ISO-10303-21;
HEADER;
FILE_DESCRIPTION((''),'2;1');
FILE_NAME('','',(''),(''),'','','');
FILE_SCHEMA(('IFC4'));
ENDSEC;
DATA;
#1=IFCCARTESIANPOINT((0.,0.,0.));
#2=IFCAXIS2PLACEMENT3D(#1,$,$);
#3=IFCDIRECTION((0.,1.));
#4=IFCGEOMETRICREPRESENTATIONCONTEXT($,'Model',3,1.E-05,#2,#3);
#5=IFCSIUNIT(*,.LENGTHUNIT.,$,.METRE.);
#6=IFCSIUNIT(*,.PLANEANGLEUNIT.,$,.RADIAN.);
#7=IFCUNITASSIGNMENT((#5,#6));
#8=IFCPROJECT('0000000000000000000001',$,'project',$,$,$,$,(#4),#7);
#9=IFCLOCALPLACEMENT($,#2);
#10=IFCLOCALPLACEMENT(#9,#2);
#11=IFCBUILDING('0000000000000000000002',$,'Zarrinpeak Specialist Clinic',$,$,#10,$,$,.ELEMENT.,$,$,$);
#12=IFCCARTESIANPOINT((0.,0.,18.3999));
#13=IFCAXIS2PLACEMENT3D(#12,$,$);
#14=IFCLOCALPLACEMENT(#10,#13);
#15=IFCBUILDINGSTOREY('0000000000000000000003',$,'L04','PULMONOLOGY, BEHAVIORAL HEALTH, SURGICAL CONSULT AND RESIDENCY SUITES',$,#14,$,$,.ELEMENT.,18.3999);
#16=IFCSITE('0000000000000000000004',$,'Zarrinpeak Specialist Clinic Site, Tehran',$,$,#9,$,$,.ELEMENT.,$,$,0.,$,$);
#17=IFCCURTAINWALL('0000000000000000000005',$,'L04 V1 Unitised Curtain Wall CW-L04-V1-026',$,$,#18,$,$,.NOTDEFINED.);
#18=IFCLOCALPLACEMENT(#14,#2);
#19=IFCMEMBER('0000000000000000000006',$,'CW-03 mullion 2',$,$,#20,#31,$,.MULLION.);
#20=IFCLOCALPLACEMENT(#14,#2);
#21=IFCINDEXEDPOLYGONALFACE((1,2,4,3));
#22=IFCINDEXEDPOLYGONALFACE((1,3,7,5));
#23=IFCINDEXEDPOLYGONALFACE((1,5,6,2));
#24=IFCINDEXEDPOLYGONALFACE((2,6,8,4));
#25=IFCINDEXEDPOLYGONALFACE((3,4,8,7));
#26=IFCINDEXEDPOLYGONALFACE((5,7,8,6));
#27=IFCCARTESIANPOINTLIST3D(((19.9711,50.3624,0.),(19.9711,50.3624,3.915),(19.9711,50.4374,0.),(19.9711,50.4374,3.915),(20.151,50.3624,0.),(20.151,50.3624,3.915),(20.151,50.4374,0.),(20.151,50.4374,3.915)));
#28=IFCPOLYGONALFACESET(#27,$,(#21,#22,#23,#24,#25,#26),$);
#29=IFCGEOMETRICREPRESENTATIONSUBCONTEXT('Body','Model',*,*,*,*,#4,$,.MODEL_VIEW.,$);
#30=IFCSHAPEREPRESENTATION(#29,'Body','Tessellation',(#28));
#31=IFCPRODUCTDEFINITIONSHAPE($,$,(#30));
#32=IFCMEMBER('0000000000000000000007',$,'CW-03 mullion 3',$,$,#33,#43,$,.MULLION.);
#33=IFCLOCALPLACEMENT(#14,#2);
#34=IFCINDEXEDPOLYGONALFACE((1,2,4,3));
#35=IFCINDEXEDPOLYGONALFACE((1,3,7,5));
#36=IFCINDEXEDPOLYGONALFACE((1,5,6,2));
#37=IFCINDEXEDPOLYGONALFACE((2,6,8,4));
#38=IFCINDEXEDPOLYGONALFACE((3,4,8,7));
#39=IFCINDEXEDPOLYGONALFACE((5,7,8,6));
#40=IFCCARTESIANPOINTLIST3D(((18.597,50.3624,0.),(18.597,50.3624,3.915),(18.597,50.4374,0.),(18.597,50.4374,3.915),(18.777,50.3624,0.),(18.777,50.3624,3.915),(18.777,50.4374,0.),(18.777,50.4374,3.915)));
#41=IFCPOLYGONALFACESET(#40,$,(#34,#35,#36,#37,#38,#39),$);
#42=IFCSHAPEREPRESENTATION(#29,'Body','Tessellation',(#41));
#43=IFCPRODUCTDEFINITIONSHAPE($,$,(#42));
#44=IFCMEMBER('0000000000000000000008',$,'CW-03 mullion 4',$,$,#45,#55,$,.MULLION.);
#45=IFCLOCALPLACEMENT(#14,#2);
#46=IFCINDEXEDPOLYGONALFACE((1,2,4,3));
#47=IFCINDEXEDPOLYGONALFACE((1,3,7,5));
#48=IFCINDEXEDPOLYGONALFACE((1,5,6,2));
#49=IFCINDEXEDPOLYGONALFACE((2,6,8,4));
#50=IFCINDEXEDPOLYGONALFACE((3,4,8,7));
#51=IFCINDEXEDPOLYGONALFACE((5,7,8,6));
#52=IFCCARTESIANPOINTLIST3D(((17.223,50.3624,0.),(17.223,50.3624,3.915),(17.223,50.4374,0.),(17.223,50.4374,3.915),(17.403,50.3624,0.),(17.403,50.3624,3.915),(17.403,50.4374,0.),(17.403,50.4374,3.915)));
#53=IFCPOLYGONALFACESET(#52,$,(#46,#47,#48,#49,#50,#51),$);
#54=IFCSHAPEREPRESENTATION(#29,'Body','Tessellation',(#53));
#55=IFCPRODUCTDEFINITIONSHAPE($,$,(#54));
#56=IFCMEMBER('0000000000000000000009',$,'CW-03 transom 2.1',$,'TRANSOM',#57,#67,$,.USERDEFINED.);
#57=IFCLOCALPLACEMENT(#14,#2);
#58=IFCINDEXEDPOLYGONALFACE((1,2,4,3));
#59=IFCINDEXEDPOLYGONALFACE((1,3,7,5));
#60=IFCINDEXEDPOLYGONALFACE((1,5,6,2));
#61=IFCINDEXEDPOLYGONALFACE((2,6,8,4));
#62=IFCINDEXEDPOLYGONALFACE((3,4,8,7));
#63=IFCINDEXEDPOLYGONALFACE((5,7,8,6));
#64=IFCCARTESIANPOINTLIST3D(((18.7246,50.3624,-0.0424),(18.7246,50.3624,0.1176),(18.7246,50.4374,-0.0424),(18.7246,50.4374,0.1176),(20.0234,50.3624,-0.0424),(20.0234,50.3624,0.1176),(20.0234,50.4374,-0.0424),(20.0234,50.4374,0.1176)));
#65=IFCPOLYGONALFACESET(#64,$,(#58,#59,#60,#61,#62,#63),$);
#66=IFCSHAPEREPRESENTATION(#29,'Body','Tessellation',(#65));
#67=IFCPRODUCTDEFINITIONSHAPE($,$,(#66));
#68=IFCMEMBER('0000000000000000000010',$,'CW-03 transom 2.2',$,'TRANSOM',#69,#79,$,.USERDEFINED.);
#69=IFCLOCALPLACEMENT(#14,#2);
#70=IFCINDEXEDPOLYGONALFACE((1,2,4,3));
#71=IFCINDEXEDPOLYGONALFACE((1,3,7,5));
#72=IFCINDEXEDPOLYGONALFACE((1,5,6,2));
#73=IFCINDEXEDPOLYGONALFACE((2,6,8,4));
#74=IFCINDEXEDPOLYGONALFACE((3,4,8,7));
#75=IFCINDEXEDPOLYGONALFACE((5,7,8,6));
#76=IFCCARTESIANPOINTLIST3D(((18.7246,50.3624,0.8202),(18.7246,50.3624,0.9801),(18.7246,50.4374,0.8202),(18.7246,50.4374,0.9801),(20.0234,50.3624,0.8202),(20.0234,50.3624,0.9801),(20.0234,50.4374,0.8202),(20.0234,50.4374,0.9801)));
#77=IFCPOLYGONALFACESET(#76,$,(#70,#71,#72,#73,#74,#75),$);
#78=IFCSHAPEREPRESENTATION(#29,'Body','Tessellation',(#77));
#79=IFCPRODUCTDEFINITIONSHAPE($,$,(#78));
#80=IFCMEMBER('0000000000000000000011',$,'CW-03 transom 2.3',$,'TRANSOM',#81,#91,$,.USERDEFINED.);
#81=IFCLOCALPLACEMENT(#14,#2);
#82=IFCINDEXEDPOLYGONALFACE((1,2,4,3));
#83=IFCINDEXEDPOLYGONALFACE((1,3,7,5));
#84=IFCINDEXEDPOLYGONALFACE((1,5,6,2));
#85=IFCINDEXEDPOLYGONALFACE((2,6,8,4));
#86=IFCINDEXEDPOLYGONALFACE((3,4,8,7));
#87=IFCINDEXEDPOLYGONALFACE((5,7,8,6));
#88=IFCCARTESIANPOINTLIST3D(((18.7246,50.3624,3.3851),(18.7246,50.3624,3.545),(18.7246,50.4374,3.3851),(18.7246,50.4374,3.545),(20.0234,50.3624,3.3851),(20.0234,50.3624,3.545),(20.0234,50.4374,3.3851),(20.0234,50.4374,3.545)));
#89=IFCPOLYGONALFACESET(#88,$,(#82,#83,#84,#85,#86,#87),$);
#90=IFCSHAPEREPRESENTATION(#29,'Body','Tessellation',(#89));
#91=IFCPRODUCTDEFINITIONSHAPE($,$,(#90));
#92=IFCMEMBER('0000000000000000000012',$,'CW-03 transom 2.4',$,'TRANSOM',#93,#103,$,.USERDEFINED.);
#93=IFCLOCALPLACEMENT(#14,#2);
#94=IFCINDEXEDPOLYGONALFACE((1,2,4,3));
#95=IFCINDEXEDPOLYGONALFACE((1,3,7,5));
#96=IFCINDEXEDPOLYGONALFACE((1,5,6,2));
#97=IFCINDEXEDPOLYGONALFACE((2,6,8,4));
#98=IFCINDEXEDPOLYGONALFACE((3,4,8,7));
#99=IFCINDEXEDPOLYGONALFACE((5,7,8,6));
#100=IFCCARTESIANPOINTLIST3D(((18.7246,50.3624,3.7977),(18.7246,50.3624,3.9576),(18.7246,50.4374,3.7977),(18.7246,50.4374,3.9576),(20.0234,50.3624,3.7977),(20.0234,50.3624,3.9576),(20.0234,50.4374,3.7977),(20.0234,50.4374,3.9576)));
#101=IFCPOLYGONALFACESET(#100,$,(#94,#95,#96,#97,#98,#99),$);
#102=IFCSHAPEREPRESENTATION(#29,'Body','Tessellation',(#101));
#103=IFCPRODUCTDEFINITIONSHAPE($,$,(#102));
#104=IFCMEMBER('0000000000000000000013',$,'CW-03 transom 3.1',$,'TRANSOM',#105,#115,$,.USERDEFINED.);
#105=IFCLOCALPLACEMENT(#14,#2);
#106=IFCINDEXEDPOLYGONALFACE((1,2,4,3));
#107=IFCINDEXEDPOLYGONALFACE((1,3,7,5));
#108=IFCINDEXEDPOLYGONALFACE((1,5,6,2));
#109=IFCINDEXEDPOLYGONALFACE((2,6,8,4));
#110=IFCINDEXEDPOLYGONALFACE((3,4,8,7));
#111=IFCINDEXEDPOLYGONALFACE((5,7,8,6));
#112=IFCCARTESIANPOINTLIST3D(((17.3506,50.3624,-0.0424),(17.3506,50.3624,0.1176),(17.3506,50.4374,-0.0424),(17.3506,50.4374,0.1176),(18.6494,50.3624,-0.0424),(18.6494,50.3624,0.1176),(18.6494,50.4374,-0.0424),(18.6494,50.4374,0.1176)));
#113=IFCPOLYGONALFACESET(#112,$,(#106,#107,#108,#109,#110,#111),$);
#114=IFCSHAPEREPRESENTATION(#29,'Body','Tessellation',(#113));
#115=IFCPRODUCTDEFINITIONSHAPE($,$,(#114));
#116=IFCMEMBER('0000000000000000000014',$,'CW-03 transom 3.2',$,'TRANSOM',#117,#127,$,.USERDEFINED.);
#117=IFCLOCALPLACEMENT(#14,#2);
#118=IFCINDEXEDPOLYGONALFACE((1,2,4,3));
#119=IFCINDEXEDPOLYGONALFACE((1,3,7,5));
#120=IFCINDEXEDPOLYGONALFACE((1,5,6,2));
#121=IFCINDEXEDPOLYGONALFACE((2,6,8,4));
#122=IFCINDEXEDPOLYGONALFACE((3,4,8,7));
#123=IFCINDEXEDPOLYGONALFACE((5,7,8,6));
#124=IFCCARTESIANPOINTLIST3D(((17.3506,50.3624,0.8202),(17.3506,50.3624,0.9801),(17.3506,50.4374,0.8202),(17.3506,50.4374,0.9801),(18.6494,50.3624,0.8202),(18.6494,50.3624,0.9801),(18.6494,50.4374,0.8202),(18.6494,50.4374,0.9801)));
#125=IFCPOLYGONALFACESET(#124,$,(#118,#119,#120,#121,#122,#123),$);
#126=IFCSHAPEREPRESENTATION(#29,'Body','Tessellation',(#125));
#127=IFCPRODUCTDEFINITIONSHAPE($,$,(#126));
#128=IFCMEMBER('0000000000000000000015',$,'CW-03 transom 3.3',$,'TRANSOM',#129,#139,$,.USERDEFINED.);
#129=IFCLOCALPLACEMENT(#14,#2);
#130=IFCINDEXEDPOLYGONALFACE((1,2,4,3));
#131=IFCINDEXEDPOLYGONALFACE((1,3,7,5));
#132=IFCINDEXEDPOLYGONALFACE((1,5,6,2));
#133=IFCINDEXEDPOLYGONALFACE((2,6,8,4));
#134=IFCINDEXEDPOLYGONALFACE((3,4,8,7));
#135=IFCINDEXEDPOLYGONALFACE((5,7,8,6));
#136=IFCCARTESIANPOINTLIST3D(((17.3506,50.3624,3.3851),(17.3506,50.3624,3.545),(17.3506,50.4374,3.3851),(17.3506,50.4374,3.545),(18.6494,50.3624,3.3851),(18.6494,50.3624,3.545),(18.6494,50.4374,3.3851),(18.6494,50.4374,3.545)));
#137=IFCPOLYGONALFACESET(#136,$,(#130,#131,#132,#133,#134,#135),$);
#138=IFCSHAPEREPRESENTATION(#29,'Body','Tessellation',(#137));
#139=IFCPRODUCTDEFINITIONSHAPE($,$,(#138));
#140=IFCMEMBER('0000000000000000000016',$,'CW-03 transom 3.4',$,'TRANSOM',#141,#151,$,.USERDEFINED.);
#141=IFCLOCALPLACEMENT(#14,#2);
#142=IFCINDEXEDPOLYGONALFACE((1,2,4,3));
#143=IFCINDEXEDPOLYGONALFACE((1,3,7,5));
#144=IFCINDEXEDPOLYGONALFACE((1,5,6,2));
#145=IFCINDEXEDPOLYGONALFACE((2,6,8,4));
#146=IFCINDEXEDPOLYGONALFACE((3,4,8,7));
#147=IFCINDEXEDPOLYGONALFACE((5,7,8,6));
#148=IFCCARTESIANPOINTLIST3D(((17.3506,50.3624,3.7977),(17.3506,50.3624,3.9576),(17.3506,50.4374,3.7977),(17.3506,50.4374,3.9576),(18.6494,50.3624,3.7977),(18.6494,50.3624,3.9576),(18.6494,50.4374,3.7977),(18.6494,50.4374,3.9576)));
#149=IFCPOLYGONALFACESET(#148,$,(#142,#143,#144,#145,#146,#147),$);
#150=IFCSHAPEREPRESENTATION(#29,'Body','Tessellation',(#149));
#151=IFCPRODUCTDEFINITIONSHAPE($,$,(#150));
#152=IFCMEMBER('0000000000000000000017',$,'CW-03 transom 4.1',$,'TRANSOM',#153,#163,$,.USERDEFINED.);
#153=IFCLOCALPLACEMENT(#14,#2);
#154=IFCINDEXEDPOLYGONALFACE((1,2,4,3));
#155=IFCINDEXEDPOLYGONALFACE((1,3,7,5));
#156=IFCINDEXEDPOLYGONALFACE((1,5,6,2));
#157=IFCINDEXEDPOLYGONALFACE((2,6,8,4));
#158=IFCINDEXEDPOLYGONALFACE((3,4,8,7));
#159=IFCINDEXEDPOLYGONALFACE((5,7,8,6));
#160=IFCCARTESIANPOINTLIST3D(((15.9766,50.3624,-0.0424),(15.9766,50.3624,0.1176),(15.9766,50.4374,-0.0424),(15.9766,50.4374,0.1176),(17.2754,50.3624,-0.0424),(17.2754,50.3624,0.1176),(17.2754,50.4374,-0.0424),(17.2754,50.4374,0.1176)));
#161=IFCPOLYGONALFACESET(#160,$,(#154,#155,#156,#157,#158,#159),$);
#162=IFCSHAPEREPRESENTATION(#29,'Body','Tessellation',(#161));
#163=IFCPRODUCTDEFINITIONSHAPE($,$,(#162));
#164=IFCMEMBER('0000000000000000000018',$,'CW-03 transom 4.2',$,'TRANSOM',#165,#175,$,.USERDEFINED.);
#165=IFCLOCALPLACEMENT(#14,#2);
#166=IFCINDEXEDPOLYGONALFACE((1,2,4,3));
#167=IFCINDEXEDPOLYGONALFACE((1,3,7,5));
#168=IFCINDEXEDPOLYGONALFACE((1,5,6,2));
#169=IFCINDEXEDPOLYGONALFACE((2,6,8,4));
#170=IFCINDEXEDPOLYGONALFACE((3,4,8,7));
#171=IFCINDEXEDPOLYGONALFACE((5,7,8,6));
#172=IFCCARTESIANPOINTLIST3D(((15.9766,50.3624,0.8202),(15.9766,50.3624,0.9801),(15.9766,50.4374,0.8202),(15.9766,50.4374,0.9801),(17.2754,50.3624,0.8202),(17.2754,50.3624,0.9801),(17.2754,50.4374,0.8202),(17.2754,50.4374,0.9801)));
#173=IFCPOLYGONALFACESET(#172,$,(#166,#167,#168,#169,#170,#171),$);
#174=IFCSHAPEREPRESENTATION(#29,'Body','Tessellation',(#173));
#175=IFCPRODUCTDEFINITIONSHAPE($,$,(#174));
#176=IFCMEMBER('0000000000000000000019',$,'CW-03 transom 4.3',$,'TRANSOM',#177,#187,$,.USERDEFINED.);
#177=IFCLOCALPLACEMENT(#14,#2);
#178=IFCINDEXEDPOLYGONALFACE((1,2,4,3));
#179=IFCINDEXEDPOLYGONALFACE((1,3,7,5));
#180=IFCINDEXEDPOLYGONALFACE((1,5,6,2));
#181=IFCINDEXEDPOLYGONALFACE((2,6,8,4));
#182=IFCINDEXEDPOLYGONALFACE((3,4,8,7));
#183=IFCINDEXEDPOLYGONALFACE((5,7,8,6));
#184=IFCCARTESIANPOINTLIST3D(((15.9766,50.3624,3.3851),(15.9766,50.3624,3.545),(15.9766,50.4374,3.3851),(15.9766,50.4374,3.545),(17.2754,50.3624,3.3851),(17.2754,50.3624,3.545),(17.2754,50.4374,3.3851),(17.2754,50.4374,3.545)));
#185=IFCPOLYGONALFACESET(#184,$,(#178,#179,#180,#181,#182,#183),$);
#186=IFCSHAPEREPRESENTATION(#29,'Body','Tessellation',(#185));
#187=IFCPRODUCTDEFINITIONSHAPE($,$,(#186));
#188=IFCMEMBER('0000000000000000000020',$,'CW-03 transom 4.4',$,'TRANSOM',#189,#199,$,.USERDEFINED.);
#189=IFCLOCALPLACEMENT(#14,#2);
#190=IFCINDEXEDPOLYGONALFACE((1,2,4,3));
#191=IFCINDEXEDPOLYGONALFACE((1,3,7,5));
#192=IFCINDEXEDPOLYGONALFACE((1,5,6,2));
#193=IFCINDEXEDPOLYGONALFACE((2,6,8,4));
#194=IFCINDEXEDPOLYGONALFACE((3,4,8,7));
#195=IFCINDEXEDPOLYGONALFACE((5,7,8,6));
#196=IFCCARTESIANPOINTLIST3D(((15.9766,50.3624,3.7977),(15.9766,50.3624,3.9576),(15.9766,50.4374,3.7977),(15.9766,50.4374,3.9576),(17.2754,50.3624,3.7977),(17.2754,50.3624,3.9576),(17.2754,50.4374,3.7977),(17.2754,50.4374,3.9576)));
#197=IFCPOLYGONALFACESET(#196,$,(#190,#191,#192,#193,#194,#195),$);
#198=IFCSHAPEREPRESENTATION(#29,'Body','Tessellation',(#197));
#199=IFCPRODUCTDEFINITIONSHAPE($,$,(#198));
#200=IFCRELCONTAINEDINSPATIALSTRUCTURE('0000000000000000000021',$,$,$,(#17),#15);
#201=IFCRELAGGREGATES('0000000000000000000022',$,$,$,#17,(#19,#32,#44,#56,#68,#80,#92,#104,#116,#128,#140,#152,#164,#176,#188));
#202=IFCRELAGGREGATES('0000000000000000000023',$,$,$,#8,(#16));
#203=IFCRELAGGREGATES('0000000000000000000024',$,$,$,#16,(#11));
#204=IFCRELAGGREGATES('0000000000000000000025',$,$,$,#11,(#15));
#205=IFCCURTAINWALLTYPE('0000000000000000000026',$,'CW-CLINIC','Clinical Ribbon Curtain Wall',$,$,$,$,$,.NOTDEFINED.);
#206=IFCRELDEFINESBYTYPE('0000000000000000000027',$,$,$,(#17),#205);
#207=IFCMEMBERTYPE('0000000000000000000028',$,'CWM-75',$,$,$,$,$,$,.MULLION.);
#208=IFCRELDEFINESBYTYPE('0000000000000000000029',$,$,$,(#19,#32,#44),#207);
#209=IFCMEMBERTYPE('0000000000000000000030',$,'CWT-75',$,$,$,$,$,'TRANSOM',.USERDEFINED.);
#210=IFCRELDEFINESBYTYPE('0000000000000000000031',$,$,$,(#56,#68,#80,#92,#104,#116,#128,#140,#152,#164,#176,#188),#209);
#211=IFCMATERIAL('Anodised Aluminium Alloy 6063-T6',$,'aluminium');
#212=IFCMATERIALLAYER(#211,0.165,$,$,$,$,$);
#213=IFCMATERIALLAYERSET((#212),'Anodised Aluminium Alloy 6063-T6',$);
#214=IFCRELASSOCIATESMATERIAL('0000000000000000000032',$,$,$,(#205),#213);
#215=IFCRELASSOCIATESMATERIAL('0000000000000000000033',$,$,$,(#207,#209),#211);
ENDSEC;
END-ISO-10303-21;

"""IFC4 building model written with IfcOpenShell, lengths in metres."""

from ifc_helpers import new_model, si_unit, direction, frame, origin, origin_2d, place, context, subcontext, project, spatial, rectangle, extrude, material, layer, layer_set, material_profile, profile_set, type_object, element, aggregate, save


model = new_model("IFC4")

# Units and contexts
model_context = context("Model", 3, precision=1e-05, world=origin(), true_north=direction((0.0, 1.0)))
body_context = subcontext(model_context, "Body", "Model", "MODEL_VIEW")
ifc_project = project(units=[si_unit("LENGTHUNIT", "METRE"), si_unit("PLANEANGLEUNIT", "RADIAN")], contexts=[model_context])

# Site, building, storey
site_placement = place(None, origin())
site = spatial("IfcSite", under=ifc_project, at=site_placement, Name="Zarrinpeak Specialist Clinic Site, Tehran", CompositionType="ELEMENT", RefElevation=0.0)
building_placement = place(site_placement, origin())
building = spatial("IfcBuilding", under=site, at=building_placement, Name="Zarrinpeak Specialist Clinic", CompositionType="ELEMENT")
storey_placement = place(building_placement, frame((0.0, 0.0, 18.3999)))
storey = spatial("IfcBuildingStorey", under=building, at=storey_placement, Name="L04", Description="PULMONOLOGY, BEHAVIORAL HEALTH, SURGICAL CONSULT AND RESIDENCY SUITES", CompositionType="ELEMENT", Elevation=18.3999)

# Curtain wall, members
ifc_material_1 = material(Name="Anodised Aluminium Alloy 6063-T6", Category="aluminium")
ifc_layer_1 = layer(ifc_material_1, 0.165)
ifc_layer_set_1 = layer_set([ifc_layer_1], Name="Anodised Aluminium Alloy 6063-T6")
curtain_wall_type = type_object("IfcCurtainWallType", Name="CW-CLINIC", Description="Clinical Ribbon Curtain Wall", PredefinedType="NOTDEFINED", material=ifc_layer_set_1)
curtain_wall_placement = place(storey_placement, origin())
curtain_wall = element("IfcCurtainWall", 1, at=curtain_wall_placement, inside=storey, type_object=curtain_wall_type, Name="L04 V1 Unitised Curtain Wall CW-L04-V1-026", PredefinedType="NOTDEFINED")
ifc_material_profile_1 = material_profile(ifc_material_1, rectangle(XDim=0.075, YDim=0.1799, at=origin_2d()), Name="ALU 75x180")
ifc_profile_set_1 = profile_set([ifc_material_profile_1], Name="Anodised Aluminium Alloy 6063-T6")
member_type_1 = type_object("IfcMemberType", Name="CWM-75", PredefinedType="MULLION", material=ifc_profile_set_1)
member_1_placement = place(storey_placement, frame((20.061, 50.3999, 0.0), z_axis=(0.0, 0.0, 1.0), x_axis=(0.0, -1.0, 0.0)))
member_1 = element("IfcMember", 2, at=member_1_placement, type_object=member_type_1, Name="CW-03 mullion 2", PredefinedType="MULLION", context=body_context, shape_type="SweptSolid", body=[
    extrude(rectangle(XDim=0.075, YDim=0.1799, at=origin_2d()), origin(), (0.0, 0.0, 1.0), 3.915),
])
member_2_placement = place(storey_placement, frame((18.687, 50.3999, 0.0), z_axis=(0.0, 0.0, 1.0), x_axis=(0.0, -1.0, 0.0)))
member_2 = element("IfcMember", 3, at=member_2_placement, type_object=member_type_1, Name="CW-03 mullion 3", PredefinedType="MULLION", context=body_context, shape_type="SweptSolid", body=[
    extrude(rectangle(XDim=0.075, YDim=0.1799, at=origin_2d()), origin(), (0.0, 0.0, 1.0), 3.915),
])
member_3_placement = place(storey_placement, frame((17.313, 50.3999, 0.0), z_axis=(0.0, 0.0, 1.0), x_axis=(0.0, -1.0, 0.0)))
member_3 = element("IfcMember", 4, at=member_3_placement, type_object=member_type_1, Name="CW-03 mullion 4", PredefinedType="MULLION", context=body_context, shape_type="SweptSolid", body=[
    extrude(rectangle(XDim=0.075, YDim=0.1799, at=origin_2d()), origin(), (0.0, 0.0, 1.0), 3.915),
])
ifc_material_profile_2 = material_profile(ifc_material_1, rectangle(XDim=0.075, YDim=0.1599, at=origin_2d()), Name="ALU 75x160")
ifc_profile_set_2 = profile_set([ifc_material_profile_2], Name="Anodised Aluminium Alloy 6063-T6")
member_type_2 = type_object("IfcMemberType", Name="CWT-75", ElementType="TRANSOM", PredefinedType="USERDEFINED", material=ifc_profile_set_2)
member_4_placement = place(storey_placement, frame((20.0234, 50.3999, 0.0376), z_axis=(-1.0, 0.0, 0.0), x_axis=(0.0, -1.0, 0.0)))
member_4 = element("IfcMember", 5, at=member_4_placement, type_object=member_type_2, Name="CW-03 transom 2.1", ObjectType="TRANSOM", PredefinedType="USERDEFINED", context=body_context, shape_type="SweptSolid", body=[
    extrude(rectangle(XDim=0.075, YDim=0.1599, at=origin_2d()), origin(), (0.0, 0.0, 1.0), 1.2988),
])
member_5_placement = place(storey_placement, frame((20.0234, 50.3999, 0.9001), z_axis=(-1.0, 0.0, 0.0), x_axis=(0.0, -1.0, 0.0)))
member_5 = element("IfcMember", 6, at=member_5_placement, type_object=member_type_2, Name="CW-03 transom 2.2", ObjectType="TRANSOM", PredefinedType="USERDEFINED", context=body_context, shape_type="SweptSolid", body=[
    extrude(rectangle(XDim=0.075, YDim=0.1599, at=origin_2d()), origin(), (0.0, 0.0, 1.0), 1.2988),
])
member_6_placement = place(storey_placement, frame((20.0234, 50.3999, 3.4651), z_axis=(-1.0, 0.0, 0.0), x_axis=(0.0, -1.0, 0.0)))
member_6 = element("IfcMember", 7, at=member_6_placement, type_object=member_type_2, Name="CW-03 transom 2.3", ObjectType="TRANSOM", PredefinedType="USERDEFINED", context=body_context, shape_type="SweptSolid", body=[
    extrude(rectangle(XDim=0.075, YDim=0.1599, at=origin_2d()), origin(), (0.0, 0.0, 1.0), 1.2988),
])
member_7_placement = place(storey_placement, frame((20.0234, 50.3999, 3.8777), z_axis=(-1.0, 0.0, 0.0), x_axis=(0.0, -1.0, 0.0)))
member_7 = element("IfcMember", 8, at=member_7_placement, type_object=member_type_2, Name="CW-03 transom 2.4", ObjectType="TRANSOM", PredefinedType="USERDEFINED", context=body_context, shape_type="SweptSolid", body=[
    extrude(rectangle(XDim=0.075, YDim=0.1599, at=origin_2d()), origin(), (0.0, 0.0, 1.0), 1.2988),
])
member_8_placement = place(storey_placement, frame((18.6494, 50.3999, 0.0376), z_axis=(-1.0, 0.0, 0.0), x_axis=(0.0, -1.0, 0.0)))
member_8 = element("IfcMember", 9, at=member_8_placement, type_object=member_type_2, Name="CW-03 transom 3.1", ObjectType="TRANSOM", PredefinedType="USERDEFINED", context=body_context, shape_type="SweptSolid", body=[
    extrude(rectangle(XDim=0.075, YDim=0.1599, at=origin_2d()), origin(), (0.0, 0.0, 1.0), 1.2988),
])
member_9_placement = place(storey_placement, frame((18.6494, 50.3999, 0.9001), z_axis=(-1.0, 0.0, 0.0), x_axis=(0.0, -1.0, 0.0)))
member_9 = element("IfcMember", 10, at=member_9_placement, type_object=member_type_2, Name="CW-03 transom 3.2", ObjectType="TRANSOM", PredefinedType="USERDEFINED", context=body_context, shape_type="SweptSolid", body=[
    extrude(rectangle(XDim=0.075, YDim=0.1599, at=origin_2d()), origin(), (0.0, 0.0, 1.0), 1.2988),
])
member_10_placement = place(storey_placement, frame((18.6494, 50.3999, 3.4651), z_axis=(-1.0, 0.0, 0.0), x_axis=(0.0, -1.0, 0.0)))
member_10 = element("IfcMember", 11, at=member_10_placement, type_object=member_type_2, Name="CW-03 transom 3.3", ObjectType="TRANSOM", PredefinedType="USERDEFINED", context=body_context, shape_type="SweptSolid", body=[
    extrude(rectangle(XDim=0.075, YDim=0.1599, at=origin_2d()), origin(), (0.0, 0.0, 1.0), 1.2988),
])
member_11_placement = place(storey_placement, frame((18.6494, 50.3999, 3.8777), z_axis=(-1.0, 0.0, 0.0), x_axis=(0.0, -1.0, 0.0)))
member_11 = element("IfcMember", 12, at=member_11_placement, type_object=member_type_2, Name="CW-03 transom 3.4", ObjectType="TRANSOM", PredefinedType="USERDEFINED", context=body_context, shape_type="SweptSolid", body=[
    extrude(rectangle(XDim=0.075, YDim=0.1599, at=origin_2d()), origin(), (0.0, 0.0, 1.0), 1.2988),
])
member_12_placement = place(storey_placement, frame((17.2754, 50.3999, 0.0376), z_axis=(-1.0, 0.0, 0.0), x_axis=(0.0, -1.0, 0.0)))
member_12 = element("IfcMember", 13, at=member_12_placement, type_object=member_type_2, Name="CW-03 transom 4.1", ObjectType="TRANSOM", PredefinedType="USERDEFINED", context=body_context, shape_type="SweptSolid", body=[
    extrude(rectangle(XDim=0.075, YDim=0.1599, at=origin_2d()), origin(), (0.0, 0.0, 1.0), 1.2988),
])
member_13_placement = place(storey_placement, frame((17.2754, 50.3999, 0.9001), z_axis=(-1.0, 0.0, 0.0), x_axis=(0.0, -1.0, 0.0)))
member_13 = element("IfcMember", 14, at=member_13_placement, type_object=member_type_2, Name="CW-03 transom 4.2", ObjectType="TRANSOM", PredefinedType="USERDEFINED", context=body_context, shape_type="SweptSolid", body=[
    extrude(rectangle(XDim=0.075, YDim=0.1599, at=origin_2d()), origin(), (0.0, 0.0, 1.0), 1.2988),
])
member_14_placement = place(storey_placement, frame((17.2754, 50.3999, 3.4651), z_axis=(-1.0, 0.0, 0.0), x_axis=(0.0, -1.0, 0.0)))
member_14 = element("IfcMember", 15, at=member_14_placement, type_object=member_type_2, Name="CW-03 transom 4.3", ObjectType="TRANSOM", PredefinedType="USERDEFINED", context=body_context, shape_type="SweptSolid", body=[
    extrude(rectangle(XDim=0.075, YDim=0.1599, at=origin_2d()), origin(), (0.0, 0.0, 1.0), 1.2988),
])
member_15_placement = place(storey_placement, frame((17.2754, 50.3999, 3.8777), z_axis=(-1.0, 0.0, 0.0), x_axis=(0.0, -1.0, 0.0)))
member_15 = element("IfcMember", 16, at=member_15_placement, type_object=member_type_2, Name="CW-03 transom 4.4", ObjectType="TRANSOM", PredefinedType="USERDEFINED", context=body_context, shape_type="SweptSolid", body=[
    extrude(rectangle(XDim=0.075, YDim=0.1599, at=origin_2d()), origin(), (0.0, 0.0, 1.0), 1.2988),
])
aggregate(curtain_wall, [member_1, member_2, member_3, member_4, member_5, member_6, member_7, member_8, member_9, member_10, member_11, member_12, member_13, member_14, member_15])

save(model, "model.ifc")
